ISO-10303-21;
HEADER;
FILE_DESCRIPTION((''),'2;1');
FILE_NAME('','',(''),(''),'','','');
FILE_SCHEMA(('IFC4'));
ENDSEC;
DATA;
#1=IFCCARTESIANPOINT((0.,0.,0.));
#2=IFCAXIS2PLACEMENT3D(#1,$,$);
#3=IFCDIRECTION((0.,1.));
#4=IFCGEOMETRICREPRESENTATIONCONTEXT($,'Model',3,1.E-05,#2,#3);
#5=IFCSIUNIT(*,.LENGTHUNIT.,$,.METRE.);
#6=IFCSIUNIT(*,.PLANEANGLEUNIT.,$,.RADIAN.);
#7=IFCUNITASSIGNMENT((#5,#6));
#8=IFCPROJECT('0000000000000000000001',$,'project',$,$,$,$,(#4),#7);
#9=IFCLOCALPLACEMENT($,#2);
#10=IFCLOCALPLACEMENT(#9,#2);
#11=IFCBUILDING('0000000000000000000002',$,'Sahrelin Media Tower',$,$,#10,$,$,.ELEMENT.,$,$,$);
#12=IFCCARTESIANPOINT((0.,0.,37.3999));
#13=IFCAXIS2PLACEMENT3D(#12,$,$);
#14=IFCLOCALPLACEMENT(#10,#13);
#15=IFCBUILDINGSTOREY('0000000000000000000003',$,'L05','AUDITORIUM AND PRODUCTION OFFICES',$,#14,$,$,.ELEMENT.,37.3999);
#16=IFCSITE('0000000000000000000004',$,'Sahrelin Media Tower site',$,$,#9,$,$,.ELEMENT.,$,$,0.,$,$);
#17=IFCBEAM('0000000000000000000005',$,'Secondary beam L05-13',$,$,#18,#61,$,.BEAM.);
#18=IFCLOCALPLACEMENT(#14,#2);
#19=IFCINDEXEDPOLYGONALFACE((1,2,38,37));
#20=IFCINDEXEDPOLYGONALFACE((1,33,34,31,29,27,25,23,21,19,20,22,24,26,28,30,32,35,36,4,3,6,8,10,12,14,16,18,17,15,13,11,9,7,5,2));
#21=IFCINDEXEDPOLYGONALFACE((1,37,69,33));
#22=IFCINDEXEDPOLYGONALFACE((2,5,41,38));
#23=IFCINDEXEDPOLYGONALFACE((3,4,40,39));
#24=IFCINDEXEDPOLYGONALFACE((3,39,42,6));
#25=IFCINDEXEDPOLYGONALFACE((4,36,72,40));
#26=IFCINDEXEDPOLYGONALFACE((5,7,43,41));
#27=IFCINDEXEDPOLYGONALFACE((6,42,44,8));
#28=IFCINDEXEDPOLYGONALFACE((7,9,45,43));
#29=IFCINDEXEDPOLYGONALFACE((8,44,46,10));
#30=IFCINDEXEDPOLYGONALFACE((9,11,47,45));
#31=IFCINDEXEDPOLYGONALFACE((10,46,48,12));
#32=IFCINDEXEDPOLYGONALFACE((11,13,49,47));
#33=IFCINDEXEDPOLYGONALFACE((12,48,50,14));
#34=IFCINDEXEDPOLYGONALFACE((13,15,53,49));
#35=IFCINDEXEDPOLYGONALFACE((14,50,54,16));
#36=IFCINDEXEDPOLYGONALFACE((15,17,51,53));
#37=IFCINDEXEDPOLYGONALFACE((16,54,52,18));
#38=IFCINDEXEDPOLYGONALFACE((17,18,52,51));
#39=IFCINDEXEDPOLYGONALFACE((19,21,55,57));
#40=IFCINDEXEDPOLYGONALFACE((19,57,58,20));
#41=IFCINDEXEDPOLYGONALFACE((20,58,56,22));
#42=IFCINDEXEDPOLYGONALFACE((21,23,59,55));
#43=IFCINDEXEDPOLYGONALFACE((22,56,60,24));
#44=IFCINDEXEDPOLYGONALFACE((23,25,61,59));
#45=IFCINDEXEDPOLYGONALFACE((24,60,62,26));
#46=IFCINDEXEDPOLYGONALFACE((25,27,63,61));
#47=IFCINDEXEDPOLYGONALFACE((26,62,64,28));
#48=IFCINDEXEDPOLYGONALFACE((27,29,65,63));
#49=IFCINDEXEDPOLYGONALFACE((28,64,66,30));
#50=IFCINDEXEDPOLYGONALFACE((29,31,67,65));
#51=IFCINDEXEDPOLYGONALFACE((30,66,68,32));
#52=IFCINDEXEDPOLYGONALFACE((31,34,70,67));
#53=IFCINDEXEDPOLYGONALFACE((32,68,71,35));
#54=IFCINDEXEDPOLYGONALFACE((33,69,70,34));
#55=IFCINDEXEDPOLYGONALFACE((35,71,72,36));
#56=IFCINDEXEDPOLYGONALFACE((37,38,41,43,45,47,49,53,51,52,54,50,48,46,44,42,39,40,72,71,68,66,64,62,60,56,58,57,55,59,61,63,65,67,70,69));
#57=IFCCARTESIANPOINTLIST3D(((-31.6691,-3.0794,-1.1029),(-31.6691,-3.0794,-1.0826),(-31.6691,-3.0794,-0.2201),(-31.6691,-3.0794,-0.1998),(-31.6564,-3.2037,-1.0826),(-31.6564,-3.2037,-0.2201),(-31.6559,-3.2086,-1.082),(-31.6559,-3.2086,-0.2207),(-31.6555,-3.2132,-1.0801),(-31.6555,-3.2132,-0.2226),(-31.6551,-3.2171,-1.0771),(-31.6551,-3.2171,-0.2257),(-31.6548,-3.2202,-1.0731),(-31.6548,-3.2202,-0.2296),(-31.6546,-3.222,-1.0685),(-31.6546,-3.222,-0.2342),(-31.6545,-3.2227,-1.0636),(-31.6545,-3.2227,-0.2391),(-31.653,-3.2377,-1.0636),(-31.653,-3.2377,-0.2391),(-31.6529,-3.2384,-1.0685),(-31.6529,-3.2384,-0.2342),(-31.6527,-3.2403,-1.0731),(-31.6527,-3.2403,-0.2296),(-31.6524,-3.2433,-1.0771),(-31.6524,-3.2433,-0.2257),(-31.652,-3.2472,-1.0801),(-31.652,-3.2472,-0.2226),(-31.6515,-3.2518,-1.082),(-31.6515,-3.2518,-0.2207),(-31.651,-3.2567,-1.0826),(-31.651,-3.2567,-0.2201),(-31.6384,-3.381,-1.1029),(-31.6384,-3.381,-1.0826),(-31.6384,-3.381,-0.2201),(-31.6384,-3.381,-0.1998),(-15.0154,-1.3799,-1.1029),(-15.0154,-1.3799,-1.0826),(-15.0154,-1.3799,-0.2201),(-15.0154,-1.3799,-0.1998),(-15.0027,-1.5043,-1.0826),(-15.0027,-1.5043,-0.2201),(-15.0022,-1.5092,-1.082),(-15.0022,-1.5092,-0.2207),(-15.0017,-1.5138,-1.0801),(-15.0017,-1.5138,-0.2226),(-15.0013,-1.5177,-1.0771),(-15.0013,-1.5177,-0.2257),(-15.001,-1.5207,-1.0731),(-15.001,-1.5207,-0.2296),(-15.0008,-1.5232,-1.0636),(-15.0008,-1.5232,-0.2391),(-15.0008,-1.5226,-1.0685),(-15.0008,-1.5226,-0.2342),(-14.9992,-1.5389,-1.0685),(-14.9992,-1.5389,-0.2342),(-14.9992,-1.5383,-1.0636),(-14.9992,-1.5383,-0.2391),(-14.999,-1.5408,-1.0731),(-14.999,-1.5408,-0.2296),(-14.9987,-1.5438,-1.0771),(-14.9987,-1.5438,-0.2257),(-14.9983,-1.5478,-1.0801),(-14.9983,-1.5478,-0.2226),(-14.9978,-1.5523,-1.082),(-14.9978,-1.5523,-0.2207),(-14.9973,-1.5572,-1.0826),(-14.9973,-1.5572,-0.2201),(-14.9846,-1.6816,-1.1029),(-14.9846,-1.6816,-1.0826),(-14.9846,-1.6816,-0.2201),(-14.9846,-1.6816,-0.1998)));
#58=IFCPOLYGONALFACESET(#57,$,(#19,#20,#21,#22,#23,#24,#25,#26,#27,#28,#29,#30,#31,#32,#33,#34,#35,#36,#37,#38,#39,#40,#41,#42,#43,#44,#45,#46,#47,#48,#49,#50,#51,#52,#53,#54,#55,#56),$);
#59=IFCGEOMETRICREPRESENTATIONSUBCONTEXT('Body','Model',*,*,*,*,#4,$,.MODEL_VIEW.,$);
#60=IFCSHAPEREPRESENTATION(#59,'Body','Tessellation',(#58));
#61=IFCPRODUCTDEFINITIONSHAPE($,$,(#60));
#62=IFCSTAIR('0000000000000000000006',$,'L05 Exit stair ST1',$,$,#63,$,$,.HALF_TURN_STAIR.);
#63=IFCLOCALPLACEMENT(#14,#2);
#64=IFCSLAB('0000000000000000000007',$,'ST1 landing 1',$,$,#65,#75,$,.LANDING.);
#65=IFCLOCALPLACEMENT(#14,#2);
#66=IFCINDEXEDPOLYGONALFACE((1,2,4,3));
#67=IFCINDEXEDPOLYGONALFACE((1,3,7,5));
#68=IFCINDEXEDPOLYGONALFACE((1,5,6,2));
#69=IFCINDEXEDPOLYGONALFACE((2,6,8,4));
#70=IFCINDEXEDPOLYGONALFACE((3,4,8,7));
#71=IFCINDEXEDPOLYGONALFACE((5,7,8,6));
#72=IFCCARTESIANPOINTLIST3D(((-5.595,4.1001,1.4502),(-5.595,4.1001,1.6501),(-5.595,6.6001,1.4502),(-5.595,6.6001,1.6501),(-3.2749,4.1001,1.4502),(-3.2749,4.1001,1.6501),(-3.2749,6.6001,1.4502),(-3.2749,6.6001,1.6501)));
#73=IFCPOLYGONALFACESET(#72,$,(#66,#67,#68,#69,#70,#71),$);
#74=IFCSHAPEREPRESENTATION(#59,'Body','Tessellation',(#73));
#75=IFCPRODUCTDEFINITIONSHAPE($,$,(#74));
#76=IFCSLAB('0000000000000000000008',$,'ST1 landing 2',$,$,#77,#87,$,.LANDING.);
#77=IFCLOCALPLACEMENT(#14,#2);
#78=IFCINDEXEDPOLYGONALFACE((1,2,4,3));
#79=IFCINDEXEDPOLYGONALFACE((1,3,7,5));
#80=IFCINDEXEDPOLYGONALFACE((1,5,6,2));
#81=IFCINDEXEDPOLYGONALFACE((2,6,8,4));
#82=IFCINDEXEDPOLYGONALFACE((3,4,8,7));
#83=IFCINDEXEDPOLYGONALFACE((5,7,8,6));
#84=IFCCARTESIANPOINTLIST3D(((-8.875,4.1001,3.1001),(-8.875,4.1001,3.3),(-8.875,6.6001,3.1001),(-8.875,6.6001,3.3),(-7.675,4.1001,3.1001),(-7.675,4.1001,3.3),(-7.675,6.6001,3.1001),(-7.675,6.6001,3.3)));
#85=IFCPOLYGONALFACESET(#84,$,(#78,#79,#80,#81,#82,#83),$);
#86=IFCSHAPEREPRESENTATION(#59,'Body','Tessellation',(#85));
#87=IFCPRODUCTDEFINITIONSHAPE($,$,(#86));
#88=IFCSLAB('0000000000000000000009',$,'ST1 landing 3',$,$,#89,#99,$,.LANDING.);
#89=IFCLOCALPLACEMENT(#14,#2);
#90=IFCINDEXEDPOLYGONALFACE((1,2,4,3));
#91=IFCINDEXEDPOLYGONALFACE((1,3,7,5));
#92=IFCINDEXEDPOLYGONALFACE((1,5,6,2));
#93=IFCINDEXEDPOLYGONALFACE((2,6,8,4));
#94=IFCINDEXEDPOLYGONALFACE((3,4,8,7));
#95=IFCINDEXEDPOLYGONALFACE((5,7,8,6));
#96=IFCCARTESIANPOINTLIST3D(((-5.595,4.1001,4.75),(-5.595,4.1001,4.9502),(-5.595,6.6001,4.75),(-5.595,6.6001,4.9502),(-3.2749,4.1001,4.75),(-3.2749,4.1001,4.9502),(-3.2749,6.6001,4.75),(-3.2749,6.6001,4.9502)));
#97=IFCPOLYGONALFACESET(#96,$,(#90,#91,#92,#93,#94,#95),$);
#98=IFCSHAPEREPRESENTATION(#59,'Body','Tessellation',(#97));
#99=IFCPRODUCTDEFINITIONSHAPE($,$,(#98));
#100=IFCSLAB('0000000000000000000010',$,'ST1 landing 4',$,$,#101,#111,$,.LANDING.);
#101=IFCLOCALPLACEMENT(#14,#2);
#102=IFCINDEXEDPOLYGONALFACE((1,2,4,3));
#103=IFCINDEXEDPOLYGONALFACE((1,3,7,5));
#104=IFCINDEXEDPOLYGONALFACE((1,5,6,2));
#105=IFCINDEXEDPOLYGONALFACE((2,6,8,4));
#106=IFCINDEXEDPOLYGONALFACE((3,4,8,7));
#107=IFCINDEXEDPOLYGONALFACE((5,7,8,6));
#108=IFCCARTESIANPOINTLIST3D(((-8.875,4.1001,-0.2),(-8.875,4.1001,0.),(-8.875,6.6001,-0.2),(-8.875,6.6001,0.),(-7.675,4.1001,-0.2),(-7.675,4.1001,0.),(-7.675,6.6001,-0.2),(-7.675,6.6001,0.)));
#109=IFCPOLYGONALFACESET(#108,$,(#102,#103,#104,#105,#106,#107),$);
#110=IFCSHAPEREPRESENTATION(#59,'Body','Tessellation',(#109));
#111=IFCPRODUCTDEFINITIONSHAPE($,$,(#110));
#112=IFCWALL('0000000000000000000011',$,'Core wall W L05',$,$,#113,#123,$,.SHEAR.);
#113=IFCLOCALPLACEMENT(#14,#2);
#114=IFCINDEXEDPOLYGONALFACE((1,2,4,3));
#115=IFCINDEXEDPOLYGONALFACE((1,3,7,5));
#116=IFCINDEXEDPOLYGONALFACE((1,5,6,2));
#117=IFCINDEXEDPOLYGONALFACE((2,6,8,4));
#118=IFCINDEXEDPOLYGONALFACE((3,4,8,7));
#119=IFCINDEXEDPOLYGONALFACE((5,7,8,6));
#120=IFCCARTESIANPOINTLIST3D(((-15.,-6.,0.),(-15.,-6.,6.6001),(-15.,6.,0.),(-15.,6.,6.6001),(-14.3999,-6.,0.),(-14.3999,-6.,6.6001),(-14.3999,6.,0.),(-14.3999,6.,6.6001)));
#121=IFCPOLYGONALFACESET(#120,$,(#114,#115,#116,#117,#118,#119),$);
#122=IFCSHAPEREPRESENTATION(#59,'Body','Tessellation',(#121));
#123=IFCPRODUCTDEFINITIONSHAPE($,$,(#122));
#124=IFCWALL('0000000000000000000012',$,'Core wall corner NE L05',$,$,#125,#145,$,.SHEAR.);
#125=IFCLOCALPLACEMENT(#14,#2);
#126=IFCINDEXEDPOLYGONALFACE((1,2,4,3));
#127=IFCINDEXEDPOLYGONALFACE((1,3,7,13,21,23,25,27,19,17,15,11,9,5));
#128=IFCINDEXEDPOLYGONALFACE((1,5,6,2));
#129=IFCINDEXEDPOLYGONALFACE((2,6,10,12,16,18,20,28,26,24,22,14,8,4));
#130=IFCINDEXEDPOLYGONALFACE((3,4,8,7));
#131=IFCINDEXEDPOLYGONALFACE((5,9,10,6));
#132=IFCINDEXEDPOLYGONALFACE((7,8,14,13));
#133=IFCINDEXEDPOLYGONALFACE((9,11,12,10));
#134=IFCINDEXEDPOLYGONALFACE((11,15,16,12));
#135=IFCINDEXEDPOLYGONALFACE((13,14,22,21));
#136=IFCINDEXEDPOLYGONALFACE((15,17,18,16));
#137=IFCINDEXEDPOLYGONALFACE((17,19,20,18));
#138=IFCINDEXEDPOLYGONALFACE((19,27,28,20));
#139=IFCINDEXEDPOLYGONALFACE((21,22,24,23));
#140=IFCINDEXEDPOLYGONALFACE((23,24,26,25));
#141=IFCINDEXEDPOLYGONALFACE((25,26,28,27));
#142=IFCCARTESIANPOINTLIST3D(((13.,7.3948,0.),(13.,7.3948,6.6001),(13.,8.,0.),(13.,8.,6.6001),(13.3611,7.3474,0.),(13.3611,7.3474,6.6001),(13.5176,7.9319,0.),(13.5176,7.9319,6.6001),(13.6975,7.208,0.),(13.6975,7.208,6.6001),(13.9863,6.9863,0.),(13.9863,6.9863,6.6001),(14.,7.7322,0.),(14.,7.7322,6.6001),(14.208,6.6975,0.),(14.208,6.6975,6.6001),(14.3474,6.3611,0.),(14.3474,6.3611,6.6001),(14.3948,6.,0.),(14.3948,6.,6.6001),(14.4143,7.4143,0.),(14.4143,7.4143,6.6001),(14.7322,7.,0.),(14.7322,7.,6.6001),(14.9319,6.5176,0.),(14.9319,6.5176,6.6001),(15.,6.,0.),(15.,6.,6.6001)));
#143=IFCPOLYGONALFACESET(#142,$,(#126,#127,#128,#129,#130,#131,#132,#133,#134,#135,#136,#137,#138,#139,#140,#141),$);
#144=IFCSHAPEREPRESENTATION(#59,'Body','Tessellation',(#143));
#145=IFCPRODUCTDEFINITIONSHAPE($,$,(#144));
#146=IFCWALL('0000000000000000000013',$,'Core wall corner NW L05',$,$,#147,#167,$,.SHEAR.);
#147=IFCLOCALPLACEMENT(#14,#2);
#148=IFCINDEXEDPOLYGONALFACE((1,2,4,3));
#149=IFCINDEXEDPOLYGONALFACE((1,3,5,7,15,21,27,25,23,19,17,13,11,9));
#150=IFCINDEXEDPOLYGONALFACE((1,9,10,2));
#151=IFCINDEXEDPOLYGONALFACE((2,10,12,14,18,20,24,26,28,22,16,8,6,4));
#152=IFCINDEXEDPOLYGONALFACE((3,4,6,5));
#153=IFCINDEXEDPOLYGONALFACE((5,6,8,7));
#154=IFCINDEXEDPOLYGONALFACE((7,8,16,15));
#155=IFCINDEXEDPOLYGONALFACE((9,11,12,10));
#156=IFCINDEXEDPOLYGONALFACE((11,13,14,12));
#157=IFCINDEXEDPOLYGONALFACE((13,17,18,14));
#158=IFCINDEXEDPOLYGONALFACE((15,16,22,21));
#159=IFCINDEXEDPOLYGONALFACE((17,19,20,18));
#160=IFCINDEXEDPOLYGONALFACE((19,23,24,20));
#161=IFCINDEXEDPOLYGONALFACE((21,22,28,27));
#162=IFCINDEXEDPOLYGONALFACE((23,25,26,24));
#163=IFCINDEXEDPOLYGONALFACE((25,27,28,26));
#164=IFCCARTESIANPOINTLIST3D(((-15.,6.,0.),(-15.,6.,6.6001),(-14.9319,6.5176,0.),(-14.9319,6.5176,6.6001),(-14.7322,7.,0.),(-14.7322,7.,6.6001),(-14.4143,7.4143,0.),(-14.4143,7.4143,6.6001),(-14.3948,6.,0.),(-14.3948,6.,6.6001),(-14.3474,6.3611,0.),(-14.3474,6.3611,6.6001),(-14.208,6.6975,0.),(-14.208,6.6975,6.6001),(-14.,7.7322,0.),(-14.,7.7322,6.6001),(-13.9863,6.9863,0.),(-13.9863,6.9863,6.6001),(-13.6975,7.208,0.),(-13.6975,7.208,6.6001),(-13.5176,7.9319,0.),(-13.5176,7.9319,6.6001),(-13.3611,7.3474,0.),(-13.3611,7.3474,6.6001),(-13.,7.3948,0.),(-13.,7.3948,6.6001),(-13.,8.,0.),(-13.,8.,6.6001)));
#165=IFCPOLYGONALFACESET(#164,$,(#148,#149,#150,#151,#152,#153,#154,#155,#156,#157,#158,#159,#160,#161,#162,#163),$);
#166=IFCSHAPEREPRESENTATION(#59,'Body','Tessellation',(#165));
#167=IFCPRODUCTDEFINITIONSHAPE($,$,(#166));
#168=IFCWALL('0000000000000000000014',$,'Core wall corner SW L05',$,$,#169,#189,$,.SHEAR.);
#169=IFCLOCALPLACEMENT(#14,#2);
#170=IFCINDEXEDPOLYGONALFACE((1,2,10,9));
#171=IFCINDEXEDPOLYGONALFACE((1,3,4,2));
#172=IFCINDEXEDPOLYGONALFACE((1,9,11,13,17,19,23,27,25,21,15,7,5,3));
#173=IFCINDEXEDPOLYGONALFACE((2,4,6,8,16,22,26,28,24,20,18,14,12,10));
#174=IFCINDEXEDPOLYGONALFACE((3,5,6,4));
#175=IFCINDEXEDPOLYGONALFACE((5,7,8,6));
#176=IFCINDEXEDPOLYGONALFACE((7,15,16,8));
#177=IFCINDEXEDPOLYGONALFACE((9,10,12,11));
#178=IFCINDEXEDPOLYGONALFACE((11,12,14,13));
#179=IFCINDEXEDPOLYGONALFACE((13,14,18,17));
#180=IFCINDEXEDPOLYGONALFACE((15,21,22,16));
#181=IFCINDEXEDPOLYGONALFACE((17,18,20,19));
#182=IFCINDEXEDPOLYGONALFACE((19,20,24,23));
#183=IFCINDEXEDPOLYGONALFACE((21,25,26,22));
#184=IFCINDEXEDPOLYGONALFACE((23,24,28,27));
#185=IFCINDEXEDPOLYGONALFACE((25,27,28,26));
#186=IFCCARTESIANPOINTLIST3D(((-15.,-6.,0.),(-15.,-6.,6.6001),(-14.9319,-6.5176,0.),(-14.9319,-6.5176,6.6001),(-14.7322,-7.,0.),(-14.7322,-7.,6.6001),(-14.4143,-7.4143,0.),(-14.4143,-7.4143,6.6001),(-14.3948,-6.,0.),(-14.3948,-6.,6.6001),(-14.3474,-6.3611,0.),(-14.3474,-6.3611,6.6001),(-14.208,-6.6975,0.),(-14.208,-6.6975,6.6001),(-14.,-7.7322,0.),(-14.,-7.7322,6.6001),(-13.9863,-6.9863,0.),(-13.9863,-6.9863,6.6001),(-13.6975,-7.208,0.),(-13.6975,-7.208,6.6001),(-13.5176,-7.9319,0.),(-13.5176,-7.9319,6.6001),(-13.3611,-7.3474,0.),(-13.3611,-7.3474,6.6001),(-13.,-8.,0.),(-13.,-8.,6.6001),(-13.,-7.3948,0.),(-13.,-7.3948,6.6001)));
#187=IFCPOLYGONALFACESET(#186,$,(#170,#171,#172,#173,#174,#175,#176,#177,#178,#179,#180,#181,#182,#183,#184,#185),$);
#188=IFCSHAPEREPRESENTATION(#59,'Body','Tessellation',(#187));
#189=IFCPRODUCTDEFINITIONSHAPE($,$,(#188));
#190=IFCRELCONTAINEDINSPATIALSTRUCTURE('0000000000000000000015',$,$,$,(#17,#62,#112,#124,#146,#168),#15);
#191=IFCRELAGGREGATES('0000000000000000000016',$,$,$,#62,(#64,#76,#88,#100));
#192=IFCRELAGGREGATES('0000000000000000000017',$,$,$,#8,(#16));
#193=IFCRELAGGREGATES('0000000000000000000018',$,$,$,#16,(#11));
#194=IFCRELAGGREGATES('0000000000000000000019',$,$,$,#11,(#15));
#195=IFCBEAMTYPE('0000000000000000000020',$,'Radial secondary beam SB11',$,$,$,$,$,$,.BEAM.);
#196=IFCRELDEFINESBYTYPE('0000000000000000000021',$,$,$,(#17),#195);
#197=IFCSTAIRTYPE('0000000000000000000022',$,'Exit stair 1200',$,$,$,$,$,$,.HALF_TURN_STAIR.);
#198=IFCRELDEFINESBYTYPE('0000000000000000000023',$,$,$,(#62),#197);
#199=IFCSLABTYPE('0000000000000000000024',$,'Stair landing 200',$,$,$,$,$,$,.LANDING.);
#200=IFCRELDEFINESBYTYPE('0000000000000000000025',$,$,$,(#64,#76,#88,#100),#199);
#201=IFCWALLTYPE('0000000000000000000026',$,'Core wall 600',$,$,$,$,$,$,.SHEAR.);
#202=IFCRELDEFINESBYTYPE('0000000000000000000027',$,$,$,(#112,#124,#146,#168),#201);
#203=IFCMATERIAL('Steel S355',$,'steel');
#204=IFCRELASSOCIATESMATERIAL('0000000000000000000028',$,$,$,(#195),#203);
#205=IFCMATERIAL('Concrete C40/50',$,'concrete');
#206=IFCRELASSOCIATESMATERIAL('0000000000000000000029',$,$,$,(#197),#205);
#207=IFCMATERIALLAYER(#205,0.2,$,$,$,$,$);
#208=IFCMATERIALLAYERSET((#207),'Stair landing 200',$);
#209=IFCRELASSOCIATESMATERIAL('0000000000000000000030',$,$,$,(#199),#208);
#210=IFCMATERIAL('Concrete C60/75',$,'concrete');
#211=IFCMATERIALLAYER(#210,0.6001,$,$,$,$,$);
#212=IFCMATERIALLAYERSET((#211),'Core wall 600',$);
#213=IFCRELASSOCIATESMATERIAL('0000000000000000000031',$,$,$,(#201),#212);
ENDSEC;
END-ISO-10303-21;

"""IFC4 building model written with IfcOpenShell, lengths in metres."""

from ifc_helpers import new_model, si_unit, direction, frame, frame_2d, origin, origin_2d, place, context, subcontext, project, spatial, polyline, rectangle, i_section, outline, extrude, material, layer, layer_set, material_profile, profile_set, type_object, element, aggregate, save


model = new_model("IFC4")

# Units and contexts
model_context = context("Model", 3, precision=1e-05, world=origin(), true_north=direction((0.0, 1.0)))
body_context = subcontext(model_context, "Body", "Model", "MODEL_VIEW")
ifc_project = project(units=[si_unit("LENGTHUNIT", "METRE"), si_unit("PLANEANGLEUNIT", "RADIAN")], contexts=[model_context])

# Site, building, storey
site_placement = place(None, origin())
site = spatial("IfcSite", under=ifc_project, at=site_placement, Name="Sahrelin Media Tower site", CompositionType="ELEMENT", RefElevation=0.0)
building_placement = place(site_placement, origin())
building = spatial("IfcBuilding", under=site, at=building_placement, Name="Sahrelin Media Tower", CompositionType="ELEMENT")
storey_placement = place(building_placement, frame((0.0, 0.0, 37.3999)))
storey = spatial("IfcBuildingStorey", under=building, at=storey_placement, Name="L05", Description="AUDITORIUM AND PRODUCTION OFFICES", CompositionType="ELEMENT", Elevation=37.3999)

# Beam
ifc_material_1 = material(Name="Steel S355", Category="steel")
ifc_material_profile_1 = material_profile(ifc_material_1, i_section(OverallWidth=0.3032, OverallDepth=0.9031, WebThickness=0.0151, FlangeThickness=0.0203, FilletRadius=0.019, at=origin_2d()), Name="UB 914x305x201")
ifc_profile_set_1 = profile_set([ifc_material_profile_1], Name="Steel S355")
beam_type_1 = type_object("IfcBeamType", Name="Radial secondary beam SB11", PredefinedType="BEAM", material=ifc_profile_set_1)
beam_1_placement = place(storey_placement, frame((-15.0, -1.5308, -0.6514), z_axis=(-0.994834, -0.101519, 0.0), x_axis=(0.101519, -0.994834, 0.0)))
element("IfcBeam", 1, at=beam_1_placement, inside=storey, type_object=beam_type_1, Name="Secondary beam L05-13", PredefinedType="BEAM", context=body_context, shape_type="SweptSolid", body=[
    extrude(i_section(OverallWidth=0.3032, OverallDepth=0.9031, WebThickness=0.0151, FlangeThickness=0.0203, FilletRadius=0.019, at=origin_2d()), origin(), (0.0, 0.0, 1.0), 16.7402),
])

# Shared definitions
ifc_material_2 = material(Name="Concrete C40/50", Category="concrete")
placement_1 = place(storey_placement, frame((0.0, 0.0, -0.2)))

# Stair, slabs
stair_type = type_object("IfcStairType", Name="Exit stair 1200", PredefinedType="HALF_TURN_STAIR", material=ifc_material_2)
placement_2 = place(storey_placement, origin())
stair = element("IfcStair", 2, at=placement_2, inside=storey, type_object=stair_type, Name="L05 Exit stair ST1", PredefinedType="HALF_TURN_STAIR")
ifc_layer_1 = layer(ifc_material_2, 0.2)
ifc_layer_set_1 = layer_set([ifc_layer_1], Name="Stair landing 200")
slab_type_1 = type_object("IfcSlabType", Name="Stair landing 200", PredefinedType="LANDING", material=ifc_layer_set_1)
slab_1_placement = place(storey_placement, frame((0.0, 0.0, 1.4502)))
slab_1 = element("IfcSlab", 3, at=slab_1_placement, type_object=slab_type_1, Name="ST1 landing 1", PredefinedType="LANDING", context=body_context, shape_type="SweptSolid", body=[
    extrude(outline(polyline([(-5.595, 4.1001), (-3.2749, 4.1001), (-3.2749, 6.6001), (-5.595, 6.6001), (-5.595, 4.1001)])), origin(), (0.0, 0.0, 1.0), 0.2),
])
slab_2_placement = place(storey_placement, frame((0.0, 0.0, 3.1001)))
slab_2 = element("IfcSlab", 4, at=slab_2_placement, type_object=slab_type_1, Name="ST1 landing 2", PredefinedType="LANDING", context=body_context, shape_type="SweptSolid", body=[
    extrude(outline(polyline([(-8.875, 4.1001), (-7.675, 4.1001), (-7.675, 6.6001), (-8.875, 6.6001), (-8.875, 4.1001)])), origin(), (0.0, 0.0, 1.0), 0.2),
])
slab_3_placement = place(storey_placement, frame((0.0, 0.0, 4.75)))
slab_3 = element("IfcSlab", 5, at=slab_3_placement, type_object=slab_type_1, Name="ST1 landing 3", PredefinedType="LANDING", context=body_context, shape_type="SweptSolid", body=[
    extrude(outline(polyline([(-5.595, 4.1001), (-3.2749, 4.1001), (-3.2749, 6.6001), (-5.595, 6.6001), (-5.595, 4.1001)])), origin(), (0.0, 0.0, 1.0), 0.2002),
])
slab_4 = element("IfcSlab", 6, at=placement_1, type_object=slab_type_1, Name="ST1 landing 4", PredefinedType="LANDING", context=body_context, shape_type="SweptSolid", body=[
    extrude(outline(polyline([(-8.875, 4.1001), (-7.675, 4.1001), (-7.675, 6.6001), (-8.875, 6.6001), (-8.875, 4.1001)])), origin(), (0.0, 0.0, 1.0), 0.2),
])
aggregate(stair, [slab_1, slab_2, slab_3, slab_4])

# Walls
ifc_material_3 = material(Name="Concrete C60/75", Category="concrete")
ifc_layer_2 = layer(ifc_material_3, 0.6001)
ifc_layer_set_2 = layer_set([ifc_layer_2], Name="Core wall 600")
wall_type_1 = type_object("IfcWallType", Name="Core wall 600", PredefinedType="SHEAR", material=ifc_layer_set_2)
wall_1_placement = place(storey_placement, frame((-14.7, -6.0, 0.0), z_axis=(0.0, 0.0, 1.0), x_axis=(0.0, 1.0, 0.0)))
element("IfcWall", 7, at=wall_1_placement, inside=storey, type_object=wall_type_1, Name="Core wall W L05", PredefinedType="SHEAR", context=body_context, shape_type="SweptSolid", body=[
    extrude(rectangle(XDim=12.0, YDim=0.6001, at=frame_2d((6.0, 0.0))), origin(), (0.0, 0.0, 1.0), 6.6001),
])
element("IfcWall", 8, at=placement_2, inside=storey, type_object=wall_type_1, Name="Core wall corner NE L05", PredefinedType="SHEAR", context=body_context, shape_type="SweptSolid", body=[
    extrude(outline(polyline([(13.0, 8.0), (13.0, 7.3948), (13.3611, 7.3474), (13.6975, 7.208), (13.9863, 6.9863), (14.208, 6.6975), (14.3474, 6.3611), (14.3948, 6.0), (15.0, 6.0), (14.9319, 6.5176), (14.7322, 7.0), (14.4143, 7.4143), (14.0, 7.7322), (13.5176, 7.9319), (13.0, 8.0)])), origin(), (0.0, 0.0, 1.0), 6.6001),
])
element("IfcWall", 9, at=placement_2, inside=storey, type_object=wall_type_1, Name="Core wall corner NW L05", PredefinedType="SHEAR", context=body_context, shape_type="SweptSolid", body=[
    extrude(outline(polyline([(-15.0, 6.0), (-14.3948, 6.0), (-14.3474, 6.3611), (-14.208, 6.6975), (-13.9863, 6.9863), (-13.6975, 7.208), (-13.3611, 7.3474), (-13.0, 7.3948), (-13.0, 8.0), (-13.5176, 7.9319), (-14.0, 7.7322), (-14.4143, 7.4143), (-14.7322, 7.0), (-14.9319, 6.5176), (-15.0, 6.0)])), origin(), (0.0, 0.0, 1.0), 6.6001),
])
element("IfcWall", 10, at=placement_2, inside=storey, type_object=wall_type_1, Name="Core wall corner SW L05", PredefinedType="SHEAR", context=body_context, shape_type="SweptSolid", body=[
    extrude(outline(polyline([(-13.0, -8.0), (-13.0, -7.3948), (-13.3611, -7.3474), (-13.6975, -7.208), (-13.9863, -6.9863), (-14.208, -6.6975), (-14.3474, -6.3611), (-14.3948, -6.0), (-15.0, -6.0), (-14.9319, -6.5176), (-14.7322, -7.0), (-14.4143, -7.4143), (-14.0, -7.7322), (-13.5176, -7.9319), (-13.0, -8.0)])), origin(), (0.0, 0.0, 1.0), 6.6001),
])

save(model, "model.ifc")
